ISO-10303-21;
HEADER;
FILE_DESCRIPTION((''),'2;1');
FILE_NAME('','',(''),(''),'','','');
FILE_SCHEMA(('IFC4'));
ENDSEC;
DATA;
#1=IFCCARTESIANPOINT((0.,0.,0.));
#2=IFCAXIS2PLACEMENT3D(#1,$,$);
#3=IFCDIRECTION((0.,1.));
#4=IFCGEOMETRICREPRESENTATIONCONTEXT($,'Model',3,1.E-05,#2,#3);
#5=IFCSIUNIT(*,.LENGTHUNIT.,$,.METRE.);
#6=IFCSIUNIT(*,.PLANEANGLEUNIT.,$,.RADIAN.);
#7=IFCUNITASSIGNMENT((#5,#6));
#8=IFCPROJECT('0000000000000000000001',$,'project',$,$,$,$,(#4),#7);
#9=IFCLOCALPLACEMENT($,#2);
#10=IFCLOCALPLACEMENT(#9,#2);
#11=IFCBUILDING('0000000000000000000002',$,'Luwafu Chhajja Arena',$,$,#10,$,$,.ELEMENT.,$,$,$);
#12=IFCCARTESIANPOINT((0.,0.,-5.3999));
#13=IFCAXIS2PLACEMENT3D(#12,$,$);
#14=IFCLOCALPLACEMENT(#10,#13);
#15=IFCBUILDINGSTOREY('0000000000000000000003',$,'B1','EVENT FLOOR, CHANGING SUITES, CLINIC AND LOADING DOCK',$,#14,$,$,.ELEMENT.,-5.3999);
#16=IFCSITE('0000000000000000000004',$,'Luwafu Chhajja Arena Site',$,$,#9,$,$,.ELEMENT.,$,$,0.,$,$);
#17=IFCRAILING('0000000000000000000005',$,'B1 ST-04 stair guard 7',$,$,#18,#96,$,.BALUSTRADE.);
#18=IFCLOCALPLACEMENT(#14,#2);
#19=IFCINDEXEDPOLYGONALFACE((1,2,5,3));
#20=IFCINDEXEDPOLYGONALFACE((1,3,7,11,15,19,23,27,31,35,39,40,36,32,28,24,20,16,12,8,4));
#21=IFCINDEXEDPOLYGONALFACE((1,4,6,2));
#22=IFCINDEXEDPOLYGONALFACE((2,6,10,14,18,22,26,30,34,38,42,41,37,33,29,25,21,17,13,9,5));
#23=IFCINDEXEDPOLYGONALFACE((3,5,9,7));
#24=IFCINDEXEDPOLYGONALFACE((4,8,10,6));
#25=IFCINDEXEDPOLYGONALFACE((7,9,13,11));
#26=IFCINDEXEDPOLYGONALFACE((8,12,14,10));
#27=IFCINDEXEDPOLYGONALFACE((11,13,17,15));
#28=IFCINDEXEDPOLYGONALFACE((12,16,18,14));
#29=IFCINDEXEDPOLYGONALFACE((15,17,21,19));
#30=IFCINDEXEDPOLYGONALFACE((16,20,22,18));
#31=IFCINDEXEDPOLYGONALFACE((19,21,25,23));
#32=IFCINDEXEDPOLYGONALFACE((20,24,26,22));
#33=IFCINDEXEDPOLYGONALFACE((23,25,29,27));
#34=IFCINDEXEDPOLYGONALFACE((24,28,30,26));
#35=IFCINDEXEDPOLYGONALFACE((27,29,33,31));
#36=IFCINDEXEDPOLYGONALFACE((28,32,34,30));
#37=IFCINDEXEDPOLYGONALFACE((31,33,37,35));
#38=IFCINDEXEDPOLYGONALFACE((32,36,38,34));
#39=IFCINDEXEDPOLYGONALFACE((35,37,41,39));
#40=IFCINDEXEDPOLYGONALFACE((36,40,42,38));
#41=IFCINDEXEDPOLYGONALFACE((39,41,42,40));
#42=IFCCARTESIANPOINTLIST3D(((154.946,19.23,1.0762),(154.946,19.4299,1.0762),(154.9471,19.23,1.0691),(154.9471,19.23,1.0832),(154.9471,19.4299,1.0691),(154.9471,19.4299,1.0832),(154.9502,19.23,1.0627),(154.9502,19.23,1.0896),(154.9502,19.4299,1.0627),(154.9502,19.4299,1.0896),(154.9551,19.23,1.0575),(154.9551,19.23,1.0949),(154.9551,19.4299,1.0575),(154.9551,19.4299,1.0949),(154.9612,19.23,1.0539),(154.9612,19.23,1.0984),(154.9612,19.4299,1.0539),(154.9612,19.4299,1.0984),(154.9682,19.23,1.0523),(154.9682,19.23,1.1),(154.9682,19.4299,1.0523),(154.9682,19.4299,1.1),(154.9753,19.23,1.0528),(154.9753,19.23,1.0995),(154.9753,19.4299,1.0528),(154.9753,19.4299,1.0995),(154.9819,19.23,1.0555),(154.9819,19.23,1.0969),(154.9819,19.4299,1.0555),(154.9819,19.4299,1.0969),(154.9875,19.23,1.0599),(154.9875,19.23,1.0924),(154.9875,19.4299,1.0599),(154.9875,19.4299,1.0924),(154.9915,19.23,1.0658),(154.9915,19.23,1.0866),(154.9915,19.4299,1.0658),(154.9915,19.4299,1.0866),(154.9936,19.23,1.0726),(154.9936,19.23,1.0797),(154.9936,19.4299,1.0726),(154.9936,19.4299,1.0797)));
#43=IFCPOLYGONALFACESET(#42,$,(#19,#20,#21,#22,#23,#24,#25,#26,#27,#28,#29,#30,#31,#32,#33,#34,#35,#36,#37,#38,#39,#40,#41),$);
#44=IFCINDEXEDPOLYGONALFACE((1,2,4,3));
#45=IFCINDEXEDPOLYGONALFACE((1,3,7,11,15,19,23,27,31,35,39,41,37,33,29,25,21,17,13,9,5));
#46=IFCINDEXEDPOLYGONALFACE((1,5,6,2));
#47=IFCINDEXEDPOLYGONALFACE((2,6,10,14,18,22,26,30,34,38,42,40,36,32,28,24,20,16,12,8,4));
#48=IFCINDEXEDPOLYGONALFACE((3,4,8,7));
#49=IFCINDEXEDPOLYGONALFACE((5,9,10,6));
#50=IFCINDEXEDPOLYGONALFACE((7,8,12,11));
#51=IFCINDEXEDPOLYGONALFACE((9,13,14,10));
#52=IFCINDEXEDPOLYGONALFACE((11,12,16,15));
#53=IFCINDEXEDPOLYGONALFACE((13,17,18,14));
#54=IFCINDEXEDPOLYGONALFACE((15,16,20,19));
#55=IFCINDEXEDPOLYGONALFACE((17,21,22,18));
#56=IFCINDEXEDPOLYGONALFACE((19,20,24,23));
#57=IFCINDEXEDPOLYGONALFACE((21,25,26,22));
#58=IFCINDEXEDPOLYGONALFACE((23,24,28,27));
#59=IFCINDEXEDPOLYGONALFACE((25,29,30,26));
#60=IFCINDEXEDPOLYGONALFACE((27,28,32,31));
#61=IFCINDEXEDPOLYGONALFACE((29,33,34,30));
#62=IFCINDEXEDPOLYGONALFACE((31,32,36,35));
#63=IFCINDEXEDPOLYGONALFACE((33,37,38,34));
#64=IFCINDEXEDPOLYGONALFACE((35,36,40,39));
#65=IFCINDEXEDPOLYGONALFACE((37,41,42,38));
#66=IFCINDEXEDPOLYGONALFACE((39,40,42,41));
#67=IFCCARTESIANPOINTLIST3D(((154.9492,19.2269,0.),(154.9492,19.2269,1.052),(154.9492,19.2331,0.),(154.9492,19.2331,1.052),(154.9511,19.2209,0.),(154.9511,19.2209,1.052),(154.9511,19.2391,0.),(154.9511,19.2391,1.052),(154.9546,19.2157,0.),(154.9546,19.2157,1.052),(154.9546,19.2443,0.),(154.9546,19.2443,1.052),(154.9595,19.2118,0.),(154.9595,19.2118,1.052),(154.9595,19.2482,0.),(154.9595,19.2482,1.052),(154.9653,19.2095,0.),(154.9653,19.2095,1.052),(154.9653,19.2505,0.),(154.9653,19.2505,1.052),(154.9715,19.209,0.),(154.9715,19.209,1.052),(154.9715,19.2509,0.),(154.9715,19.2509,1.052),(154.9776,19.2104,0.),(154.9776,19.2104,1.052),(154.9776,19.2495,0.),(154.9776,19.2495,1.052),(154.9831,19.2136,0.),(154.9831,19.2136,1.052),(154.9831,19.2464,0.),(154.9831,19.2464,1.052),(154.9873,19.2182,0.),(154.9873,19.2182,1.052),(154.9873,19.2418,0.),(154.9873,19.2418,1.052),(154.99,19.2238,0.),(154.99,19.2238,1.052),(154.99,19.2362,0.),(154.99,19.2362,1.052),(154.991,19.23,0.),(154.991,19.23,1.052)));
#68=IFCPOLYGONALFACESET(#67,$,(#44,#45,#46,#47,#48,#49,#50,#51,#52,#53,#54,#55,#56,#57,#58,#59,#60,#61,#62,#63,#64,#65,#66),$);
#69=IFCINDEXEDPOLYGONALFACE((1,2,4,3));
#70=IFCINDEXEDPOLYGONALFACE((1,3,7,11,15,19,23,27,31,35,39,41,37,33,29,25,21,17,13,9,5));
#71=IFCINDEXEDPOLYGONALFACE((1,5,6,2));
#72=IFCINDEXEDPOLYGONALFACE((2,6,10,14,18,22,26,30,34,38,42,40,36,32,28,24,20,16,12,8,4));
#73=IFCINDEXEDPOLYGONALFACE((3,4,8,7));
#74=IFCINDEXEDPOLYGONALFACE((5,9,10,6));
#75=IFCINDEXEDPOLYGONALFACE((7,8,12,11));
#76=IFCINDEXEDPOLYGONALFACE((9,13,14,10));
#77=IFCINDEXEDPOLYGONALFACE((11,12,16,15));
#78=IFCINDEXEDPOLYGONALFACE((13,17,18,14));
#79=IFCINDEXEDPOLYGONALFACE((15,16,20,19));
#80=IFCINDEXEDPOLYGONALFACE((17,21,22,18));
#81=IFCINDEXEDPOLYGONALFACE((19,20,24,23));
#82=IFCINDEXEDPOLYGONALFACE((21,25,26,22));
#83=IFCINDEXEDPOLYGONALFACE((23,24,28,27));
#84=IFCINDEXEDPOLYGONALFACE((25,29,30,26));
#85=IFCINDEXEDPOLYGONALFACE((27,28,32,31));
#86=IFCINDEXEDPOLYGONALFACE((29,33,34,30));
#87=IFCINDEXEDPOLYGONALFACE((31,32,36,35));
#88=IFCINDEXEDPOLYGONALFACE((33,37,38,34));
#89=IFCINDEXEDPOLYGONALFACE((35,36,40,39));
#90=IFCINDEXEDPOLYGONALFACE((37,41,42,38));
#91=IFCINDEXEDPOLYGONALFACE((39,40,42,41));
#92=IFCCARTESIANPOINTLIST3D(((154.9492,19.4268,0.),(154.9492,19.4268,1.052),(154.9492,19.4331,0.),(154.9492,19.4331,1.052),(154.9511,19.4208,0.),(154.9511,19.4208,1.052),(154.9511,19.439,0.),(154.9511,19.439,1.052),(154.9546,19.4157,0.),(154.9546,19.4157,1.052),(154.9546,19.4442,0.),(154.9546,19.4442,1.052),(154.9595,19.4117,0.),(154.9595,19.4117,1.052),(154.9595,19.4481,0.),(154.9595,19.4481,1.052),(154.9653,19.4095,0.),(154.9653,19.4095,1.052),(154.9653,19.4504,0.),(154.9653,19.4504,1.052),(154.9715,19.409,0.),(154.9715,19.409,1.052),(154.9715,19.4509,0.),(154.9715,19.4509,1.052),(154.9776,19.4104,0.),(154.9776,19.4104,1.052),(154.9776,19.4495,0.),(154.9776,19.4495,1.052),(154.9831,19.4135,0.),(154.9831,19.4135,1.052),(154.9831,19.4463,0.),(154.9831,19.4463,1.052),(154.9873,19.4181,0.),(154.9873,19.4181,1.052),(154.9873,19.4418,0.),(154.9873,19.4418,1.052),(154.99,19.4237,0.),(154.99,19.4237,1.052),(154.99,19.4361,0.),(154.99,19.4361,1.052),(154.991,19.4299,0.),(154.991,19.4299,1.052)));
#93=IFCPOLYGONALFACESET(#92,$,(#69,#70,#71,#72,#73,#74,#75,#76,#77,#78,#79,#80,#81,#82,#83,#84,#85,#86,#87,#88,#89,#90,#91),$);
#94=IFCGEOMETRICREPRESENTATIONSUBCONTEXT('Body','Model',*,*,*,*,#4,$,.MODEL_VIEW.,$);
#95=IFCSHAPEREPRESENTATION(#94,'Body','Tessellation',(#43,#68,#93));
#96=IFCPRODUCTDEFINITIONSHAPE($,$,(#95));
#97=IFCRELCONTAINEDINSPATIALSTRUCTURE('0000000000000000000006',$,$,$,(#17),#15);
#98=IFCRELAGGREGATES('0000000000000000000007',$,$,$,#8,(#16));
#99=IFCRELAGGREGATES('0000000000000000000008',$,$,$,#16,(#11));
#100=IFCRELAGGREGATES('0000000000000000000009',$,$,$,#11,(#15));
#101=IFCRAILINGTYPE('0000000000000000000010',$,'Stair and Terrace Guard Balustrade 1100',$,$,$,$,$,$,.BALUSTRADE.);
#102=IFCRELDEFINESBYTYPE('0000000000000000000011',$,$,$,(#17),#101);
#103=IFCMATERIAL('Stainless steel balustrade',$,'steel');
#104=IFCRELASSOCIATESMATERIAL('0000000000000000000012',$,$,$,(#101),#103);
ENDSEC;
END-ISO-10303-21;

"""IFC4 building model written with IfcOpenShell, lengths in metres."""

from ifc_helpers import new_model, si_unit, direction, frame, origin, origin_2d, place, context, subcontext, project, spatial, circle, extrude, material, type_object, element, save


model = new_model("IFC4")

# Units and contexts
model_context = context("Model", 3, precision=1e-05, world=origin(), true_north=direction((0.0, 1.0)))
body_context = subcontext(model_context, "Body", "Model", "MODEL_VIEW")
ifc_project = project(units=[si_unit("LENGTHUNIT", "METRE"), si_unit("PLANEANGLEUNIT", "RADIAN")], contexts=[model_context])

# Site, building, storey
site_placement = place(None, origin())
site = spatial("IfcSite", under=ifc_project, at=site_placement, Name="Luwafu Chhajja Arena Site", CompositionType="ELEMENT", RefElevation=0.0)
building_placement = place(site_placement, origin())
building = spatial("IfcBuilding", under=site, at=building_placement, Name="Luwafu Chhajja Arena", CompositionType="ELEMENT")
storey_placement = place(building_placement, frame((0.0, 0.0, -5.3999)))
storey = spatial("IfcBuildingStorey", under=building, at=storey_placement, Name="B1", Description="EVENT FLOOR, CHANGING SUITES, CLINIC AND LOADING DOCK", CompositionType="ELEMENT", Elevation=-5.3999)

# Railing
ifc_material_1 = material(Name="Stainless steel balustrade", Category="steel")
railing_type_1 = type_object("IfcRailingType", Name="Stair and Terrace Guard Balustrade 1100", PredefinedType="BALUSTRADE", material=ifc_material_1)
railing_1_placement = place(storey_placement, frame((154.97, 19.23, 0.0)))
element("IfcRailing", 1, at=railing_1_placement, inside=storey, type_object=railing_type_1, Name="B1 ST-04 stair guard 7", PredefinedType="BALUSTRADE", context=body_context, shape_type="SweptSolid", body=[
    extrude(circle(Radius=0.0239, at=origin_2d()), frame((0.0, 0.0, 1.0762), z_axis=(0.0, 1.0, 0.0), x_axis=(-1.0, 0.0, 0.0)), (0.0, 0.0, 1.0), 0.2),
    extrude(circle(Radius=0.021, at=origin_2d()), origin(), (0.0, 0.0, 1.0), 1.052),
    extrude(circle(Radius=0.021, at=origin_2d()), frame((0.0, 0.2, 0.0)), (0.0, 0.0, 1.0), 1.052),
])

save(model, "model.ifc")
